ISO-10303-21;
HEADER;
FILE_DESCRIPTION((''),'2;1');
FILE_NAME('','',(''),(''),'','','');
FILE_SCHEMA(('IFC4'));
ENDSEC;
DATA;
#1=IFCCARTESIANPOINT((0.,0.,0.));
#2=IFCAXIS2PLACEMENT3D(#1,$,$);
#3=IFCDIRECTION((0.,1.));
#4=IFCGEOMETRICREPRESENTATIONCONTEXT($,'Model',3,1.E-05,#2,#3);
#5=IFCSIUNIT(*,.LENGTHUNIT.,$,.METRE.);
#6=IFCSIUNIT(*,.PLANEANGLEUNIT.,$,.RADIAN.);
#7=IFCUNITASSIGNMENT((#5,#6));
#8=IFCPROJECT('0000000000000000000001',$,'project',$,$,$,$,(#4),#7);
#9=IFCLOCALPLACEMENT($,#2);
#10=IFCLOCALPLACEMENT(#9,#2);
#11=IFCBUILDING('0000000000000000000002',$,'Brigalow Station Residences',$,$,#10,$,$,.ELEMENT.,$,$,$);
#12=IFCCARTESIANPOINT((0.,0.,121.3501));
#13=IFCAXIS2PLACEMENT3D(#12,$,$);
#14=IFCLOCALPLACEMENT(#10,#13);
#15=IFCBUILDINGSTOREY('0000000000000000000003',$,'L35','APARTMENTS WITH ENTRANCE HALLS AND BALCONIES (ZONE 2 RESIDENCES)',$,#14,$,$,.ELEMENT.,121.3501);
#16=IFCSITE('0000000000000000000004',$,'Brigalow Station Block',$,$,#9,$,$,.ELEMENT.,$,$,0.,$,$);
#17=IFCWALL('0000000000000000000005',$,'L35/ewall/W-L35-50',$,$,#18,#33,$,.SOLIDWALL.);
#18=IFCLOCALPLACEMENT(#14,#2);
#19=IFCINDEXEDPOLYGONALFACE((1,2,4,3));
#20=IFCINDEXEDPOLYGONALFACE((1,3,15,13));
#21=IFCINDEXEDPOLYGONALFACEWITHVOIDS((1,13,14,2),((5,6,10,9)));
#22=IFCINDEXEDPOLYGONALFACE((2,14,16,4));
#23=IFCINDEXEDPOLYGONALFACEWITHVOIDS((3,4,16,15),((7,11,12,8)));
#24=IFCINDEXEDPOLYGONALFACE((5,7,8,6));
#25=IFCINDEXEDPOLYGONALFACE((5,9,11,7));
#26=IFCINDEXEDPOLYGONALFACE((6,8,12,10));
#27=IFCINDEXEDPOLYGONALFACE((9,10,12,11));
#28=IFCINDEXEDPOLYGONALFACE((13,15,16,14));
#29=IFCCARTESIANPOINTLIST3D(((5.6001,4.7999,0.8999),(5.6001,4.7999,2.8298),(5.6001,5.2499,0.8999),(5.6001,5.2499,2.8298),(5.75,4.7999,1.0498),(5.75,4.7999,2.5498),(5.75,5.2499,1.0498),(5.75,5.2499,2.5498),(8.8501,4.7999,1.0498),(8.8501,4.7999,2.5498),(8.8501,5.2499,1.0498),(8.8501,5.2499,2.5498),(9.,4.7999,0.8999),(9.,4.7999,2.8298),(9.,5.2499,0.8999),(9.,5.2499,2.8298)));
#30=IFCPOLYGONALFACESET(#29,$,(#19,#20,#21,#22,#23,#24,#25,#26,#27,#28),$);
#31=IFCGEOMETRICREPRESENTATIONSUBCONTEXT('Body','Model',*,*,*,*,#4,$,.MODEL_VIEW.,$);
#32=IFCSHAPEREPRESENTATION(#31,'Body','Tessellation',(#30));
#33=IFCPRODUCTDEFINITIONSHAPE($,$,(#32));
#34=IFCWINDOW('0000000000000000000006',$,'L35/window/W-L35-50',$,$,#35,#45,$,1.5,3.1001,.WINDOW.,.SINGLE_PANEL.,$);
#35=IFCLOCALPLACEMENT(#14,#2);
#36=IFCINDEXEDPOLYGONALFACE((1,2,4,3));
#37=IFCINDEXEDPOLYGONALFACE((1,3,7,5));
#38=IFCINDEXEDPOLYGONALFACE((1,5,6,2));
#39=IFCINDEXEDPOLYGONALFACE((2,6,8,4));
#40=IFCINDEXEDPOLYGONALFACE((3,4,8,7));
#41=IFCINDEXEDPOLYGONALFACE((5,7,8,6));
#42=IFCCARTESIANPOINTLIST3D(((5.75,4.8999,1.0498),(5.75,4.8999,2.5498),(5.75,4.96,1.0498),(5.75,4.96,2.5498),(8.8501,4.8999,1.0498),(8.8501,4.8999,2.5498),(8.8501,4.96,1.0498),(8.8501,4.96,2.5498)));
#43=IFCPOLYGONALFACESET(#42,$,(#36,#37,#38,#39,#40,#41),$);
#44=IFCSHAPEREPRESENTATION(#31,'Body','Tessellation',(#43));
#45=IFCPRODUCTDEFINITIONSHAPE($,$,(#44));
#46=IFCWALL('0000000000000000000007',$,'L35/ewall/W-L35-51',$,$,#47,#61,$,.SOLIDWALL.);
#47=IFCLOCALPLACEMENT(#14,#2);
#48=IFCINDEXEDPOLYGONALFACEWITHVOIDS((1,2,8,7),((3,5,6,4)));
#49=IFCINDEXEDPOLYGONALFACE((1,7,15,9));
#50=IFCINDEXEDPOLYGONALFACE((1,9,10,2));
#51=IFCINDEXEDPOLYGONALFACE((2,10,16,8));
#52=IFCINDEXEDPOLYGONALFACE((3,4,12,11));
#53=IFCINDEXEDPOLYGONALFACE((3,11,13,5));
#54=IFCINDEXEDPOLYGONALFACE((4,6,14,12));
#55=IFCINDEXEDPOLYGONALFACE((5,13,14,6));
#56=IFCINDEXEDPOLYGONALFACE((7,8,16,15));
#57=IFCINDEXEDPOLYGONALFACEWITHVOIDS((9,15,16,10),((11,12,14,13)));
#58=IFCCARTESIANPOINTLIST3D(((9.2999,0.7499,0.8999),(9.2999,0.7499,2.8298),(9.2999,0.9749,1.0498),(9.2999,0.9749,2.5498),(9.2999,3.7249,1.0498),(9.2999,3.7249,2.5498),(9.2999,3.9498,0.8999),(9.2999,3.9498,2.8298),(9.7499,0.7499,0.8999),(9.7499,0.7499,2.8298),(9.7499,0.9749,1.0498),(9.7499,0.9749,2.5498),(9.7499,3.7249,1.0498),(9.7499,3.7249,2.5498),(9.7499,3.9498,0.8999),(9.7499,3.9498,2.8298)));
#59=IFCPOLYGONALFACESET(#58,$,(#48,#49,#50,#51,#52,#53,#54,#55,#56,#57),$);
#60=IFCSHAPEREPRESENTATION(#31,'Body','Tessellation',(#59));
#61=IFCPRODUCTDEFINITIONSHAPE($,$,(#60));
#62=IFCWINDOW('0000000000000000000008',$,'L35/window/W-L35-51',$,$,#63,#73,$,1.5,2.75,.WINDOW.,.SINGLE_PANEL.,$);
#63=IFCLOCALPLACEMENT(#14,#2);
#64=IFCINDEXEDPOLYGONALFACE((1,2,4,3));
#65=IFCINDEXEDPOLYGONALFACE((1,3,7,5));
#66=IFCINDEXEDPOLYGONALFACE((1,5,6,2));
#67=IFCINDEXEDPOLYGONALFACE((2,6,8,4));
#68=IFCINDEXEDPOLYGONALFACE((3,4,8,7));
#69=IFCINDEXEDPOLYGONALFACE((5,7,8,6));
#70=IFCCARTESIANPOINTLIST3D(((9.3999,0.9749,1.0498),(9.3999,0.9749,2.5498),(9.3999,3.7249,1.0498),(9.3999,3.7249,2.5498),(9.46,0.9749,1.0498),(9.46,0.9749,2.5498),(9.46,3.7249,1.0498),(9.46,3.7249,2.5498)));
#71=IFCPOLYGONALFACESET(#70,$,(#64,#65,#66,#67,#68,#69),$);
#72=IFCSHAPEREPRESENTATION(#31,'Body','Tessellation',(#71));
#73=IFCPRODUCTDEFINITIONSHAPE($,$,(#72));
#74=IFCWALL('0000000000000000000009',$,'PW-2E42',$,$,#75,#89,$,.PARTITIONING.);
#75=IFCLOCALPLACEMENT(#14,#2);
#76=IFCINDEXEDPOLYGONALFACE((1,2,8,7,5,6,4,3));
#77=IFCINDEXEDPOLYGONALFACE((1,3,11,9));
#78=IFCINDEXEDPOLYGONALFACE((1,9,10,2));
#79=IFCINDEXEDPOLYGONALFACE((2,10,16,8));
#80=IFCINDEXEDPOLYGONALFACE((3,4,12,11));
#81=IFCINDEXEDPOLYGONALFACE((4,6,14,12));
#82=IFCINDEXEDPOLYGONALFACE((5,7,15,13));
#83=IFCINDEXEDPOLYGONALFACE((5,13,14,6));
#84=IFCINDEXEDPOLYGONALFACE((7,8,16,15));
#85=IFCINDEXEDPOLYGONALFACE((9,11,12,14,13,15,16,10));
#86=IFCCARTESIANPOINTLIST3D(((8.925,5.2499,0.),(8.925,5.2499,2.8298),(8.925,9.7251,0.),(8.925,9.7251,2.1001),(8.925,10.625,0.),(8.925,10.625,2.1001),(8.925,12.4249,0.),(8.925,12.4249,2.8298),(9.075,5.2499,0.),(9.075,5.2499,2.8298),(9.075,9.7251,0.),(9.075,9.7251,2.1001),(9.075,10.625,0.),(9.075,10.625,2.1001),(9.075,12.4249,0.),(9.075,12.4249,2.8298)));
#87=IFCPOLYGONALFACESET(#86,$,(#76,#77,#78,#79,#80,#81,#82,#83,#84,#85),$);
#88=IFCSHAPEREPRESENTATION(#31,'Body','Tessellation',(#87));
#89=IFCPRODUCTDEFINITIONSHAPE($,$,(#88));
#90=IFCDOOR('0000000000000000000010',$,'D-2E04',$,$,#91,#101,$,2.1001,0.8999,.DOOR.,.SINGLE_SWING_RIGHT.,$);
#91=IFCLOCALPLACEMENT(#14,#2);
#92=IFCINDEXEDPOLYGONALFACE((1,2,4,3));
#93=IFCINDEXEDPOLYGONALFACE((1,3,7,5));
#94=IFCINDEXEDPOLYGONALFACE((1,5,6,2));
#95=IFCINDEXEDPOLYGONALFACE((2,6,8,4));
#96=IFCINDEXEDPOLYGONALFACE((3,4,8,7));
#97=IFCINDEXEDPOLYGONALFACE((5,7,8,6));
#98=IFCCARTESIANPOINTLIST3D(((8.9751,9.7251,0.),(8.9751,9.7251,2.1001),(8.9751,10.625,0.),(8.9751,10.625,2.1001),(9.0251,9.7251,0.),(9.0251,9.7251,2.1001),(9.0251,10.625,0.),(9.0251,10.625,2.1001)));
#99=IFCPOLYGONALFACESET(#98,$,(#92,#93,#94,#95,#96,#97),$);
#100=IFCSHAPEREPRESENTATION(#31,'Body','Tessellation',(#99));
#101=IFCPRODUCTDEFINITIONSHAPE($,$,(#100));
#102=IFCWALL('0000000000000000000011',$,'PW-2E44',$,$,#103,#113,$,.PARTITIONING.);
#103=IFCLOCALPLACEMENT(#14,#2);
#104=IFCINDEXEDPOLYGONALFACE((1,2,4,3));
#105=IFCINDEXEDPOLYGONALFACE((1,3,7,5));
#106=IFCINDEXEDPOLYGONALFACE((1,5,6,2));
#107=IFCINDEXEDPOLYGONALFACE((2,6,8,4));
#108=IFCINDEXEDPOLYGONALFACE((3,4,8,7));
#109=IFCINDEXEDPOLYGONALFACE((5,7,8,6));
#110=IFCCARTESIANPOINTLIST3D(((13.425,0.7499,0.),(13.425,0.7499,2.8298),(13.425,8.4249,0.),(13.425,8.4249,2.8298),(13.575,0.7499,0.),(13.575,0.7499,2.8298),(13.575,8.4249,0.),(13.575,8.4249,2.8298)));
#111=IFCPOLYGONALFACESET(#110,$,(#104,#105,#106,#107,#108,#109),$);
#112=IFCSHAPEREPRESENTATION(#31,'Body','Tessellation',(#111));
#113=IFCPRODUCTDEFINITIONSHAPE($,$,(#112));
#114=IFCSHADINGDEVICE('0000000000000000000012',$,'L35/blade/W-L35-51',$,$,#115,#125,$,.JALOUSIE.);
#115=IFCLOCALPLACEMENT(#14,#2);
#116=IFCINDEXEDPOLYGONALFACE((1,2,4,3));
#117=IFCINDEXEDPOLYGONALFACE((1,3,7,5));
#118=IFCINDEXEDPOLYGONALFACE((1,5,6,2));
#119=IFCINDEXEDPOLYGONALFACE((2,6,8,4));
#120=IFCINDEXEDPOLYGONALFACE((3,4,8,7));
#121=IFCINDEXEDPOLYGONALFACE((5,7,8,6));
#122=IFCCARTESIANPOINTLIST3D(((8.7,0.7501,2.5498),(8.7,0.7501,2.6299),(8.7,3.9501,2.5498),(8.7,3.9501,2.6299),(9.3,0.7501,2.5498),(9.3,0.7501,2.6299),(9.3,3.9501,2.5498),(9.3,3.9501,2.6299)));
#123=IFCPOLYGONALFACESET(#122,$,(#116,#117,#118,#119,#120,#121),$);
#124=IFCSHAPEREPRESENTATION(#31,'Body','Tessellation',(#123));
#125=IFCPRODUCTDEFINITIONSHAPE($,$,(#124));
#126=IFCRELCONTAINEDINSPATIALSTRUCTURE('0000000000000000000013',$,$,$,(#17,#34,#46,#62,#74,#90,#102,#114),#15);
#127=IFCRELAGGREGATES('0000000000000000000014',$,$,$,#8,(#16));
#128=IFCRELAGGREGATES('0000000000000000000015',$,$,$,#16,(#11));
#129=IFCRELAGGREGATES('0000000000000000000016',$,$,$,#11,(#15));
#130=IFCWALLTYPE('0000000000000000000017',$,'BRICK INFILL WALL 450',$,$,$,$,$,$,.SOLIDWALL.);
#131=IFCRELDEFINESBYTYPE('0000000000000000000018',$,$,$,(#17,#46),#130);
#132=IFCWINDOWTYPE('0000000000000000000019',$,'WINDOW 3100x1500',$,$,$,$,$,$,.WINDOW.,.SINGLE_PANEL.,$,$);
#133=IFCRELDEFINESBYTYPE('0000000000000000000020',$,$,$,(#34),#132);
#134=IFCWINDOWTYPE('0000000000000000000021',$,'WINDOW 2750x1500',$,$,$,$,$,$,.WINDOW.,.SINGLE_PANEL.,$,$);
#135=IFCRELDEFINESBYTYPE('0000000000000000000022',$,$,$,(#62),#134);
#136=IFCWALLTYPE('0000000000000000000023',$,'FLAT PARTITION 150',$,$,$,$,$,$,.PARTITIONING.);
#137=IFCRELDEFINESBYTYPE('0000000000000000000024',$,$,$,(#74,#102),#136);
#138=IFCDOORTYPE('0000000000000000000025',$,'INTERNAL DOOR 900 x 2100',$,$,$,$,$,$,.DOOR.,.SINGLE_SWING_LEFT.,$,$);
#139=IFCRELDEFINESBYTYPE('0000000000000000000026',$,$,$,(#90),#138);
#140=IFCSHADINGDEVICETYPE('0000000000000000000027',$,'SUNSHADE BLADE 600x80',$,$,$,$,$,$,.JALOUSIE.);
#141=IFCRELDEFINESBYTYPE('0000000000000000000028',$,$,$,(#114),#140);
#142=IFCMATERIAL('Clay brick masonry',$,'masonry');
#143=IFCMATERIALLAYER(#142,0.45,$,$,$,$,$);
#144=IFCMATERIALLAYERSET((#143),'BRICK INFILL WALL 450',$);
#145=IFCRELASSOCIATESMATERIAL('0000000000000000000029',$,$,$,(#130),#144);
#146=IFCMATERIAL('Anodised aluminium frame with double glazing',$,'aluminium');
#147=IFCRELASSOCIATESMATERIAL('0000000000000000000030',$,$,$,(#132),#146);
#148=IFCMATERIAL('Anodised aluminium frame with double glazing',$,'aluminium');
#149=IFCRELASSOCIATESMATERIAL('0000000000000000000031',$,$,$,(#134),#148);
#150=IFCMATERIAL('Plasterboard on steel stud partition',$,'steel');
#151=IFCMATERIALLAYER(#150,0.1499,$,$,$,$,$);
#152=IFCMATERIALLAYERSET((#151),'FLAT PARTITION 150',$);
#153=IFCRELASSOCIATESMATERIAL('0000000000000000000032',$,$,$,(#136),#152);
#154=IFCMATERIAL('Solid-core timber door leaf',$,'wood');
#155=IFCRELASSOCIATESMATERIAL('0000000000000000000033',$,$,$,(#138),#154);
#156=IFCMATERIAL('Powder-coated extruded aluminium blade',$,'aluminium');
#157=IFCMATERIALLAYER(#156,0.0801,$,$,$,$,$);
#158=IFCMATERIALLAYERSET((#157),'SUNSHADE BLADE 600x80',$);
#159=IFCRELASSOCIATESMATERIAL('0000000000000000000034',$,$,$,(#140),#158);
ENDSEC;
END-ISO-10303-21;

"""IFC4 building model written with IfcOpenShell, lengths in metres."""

from ifc_helpers import new_model, si_unit, direction, frame, frame_2d, origin, origin_2d, place, context, subcontext, project, spatial, rectangle, extrude, material, layer, layer_set, type_object, element, fill, save


model = new_model("IFC4")

# Units and contexts
model_context = context("Model", 3, precision=1e-05, world=origin(), true_north=direction((0.0, 1.0)))
body_context = subcontext(model_context, "Body", "Model", "MODEL_VIEW")
ifc_project = project(units=[si_unit("LENGTHUNIT", "METRE"), si_unit("PLANEANGLEUNIT", "RADIAN")], contexts=[model_context])

# Site, building, storey
site_placement = place(None, origin())
site = spatial("IfcSite", under=ifc_project, at=site_placement, Name="Brigalow Station Block", CompositionType="ELEMENT", RefElevation=0.0)
building_placement = place(site_placement, origin())
building = spatial("IfcBuilding", under=site, at=building_placement, Name="Brigalow Station Residences", CompositionType="ELEMENT")
storey_placement = place(building_placement, frame((0.0, 0.0, 121.3501)))
storey = spatial("IfcBuildingStorey", under=building, at=storey_placement, Name="L35", Description="APARTMENTS WITH ENTRANCE HALLS AND BALCONIES (ZONE 2 RESIDENCES)", CompositionType="ELEMENT", Elevation=121.3501)

# Walls, openings, windows
ifc_material_1 = material(Name="Clay brick masonry", Category="masonry")
ifc_layer_1 = layer(ifc_material_1, 0.45)
ifc_layer_set_1 = layer_set([ifc_layer_1], Name="BRICK INFILL WALL 450")
wall_type_1 = type_object("IfcWallType", Name="BRICK INFILL WALL 450", PredefinedType="SOLIDWALL", material=ifc_layer_set_1)
wall_1_placement = place(storey_placement, frame((5.6001, 5.0249, 0.8999), z_axis=(0.0, 0.0, 1.0), x_axis=(1.0, 0.0, 0.0)))
wall_1 = element("IfcWall", 1, at=wall_1_placement, inside=storey, type_object=wall_type_1, Name="L35/ewall/W-L35-50", PredefinedType="SOLIDWALL", context=body_context, shape_type="SweptSolid", body=[
    extrude(rectangle(XDim=3.3999, YDim=0.45, at=frame_2d((1.7, 0.0))), origin(), (0.0, 0.0, 1.0), 1.9299),
])
opening_1_placement = place(wall_1_placement, frame((0.1499, 0.0, 0.1499)))
opening_1 = element("IfcOpeningElement", 2, at=opening_1_placement, cuts=wall_1, PredefinedType="OPENING", context=body_context, shape_type="SweptSolid", body=[
    extrude(rectangle(XDim=3.1001, YDim=1.5, at=frame_2d((1.55, 0.75))), frame((0.0, 0.2349, 0.0), z_axis=(0.0, -1.0, 0.0), x_axis=(1.0, 0.0, 0.0)), (0.0, 0.0, 1.0), 0.47),
])
ifc_material_2 = material(Name="Anodised aluminium frame with double glazing", Category="aluminium")
window_type_1 = type_object("IfcWindowType", Name="WINDOW 3100x1500", PartitioningType="SINGLE_PANEL", PredefinedType="WINDOW", material=ifc_material_2)
window_1_placement = place(opening_1_placement, origin())
window_1 = element("IfcWindow", 3, at=window_1_placement, inside=storey, type_object=window_type_1, Name="L35/window/W-L35-50", OverallHeight=1.5, OverallWidth=3.1001, PartitioningType="SINGLE_PANEL", PredefinedType="WINDOW", context=body_context, shape_type="SweptSolid", body=[
    extrude(rectangle(XDim=3.1001, YDim=1.5, at=frame_2d((1.55, 0.75))), frame((0.0, -0.0649, 0.0), z_axis=(0.0, -1.0, 0.0), x_axis=(1.0, 0.0, 0.0)), (0.0, 0.0, 1.0), 0.0601),
])
fill(opening_1, window_1)
wall_2_placement = place(storey_placement, frame((9.5249, 3.95, 0.8999), z_axis=(0.0, 0.0, 1.0), x_axis=(0.0, -1.0, 0.0)))
wall_2 = element("IfcWall", 4, at=wall_2_placement, inside=storey, type_object=wall_type_1, Name="L35/ewall/W-L35-51", PredefinedType="SOLIDWALL", context=body_context, shape_type="SweptSolid", body=[
    extrude(rectangle(XDim=3.2, YDim=0.45, at=frame_2d((1.6001, 0.0))), origin(), (0.0, 0.0, 1.0), 1.9299),
])
opening_2_placement = place(wall_2_placement, frame((0.2251, 0.0, 0.1499)))
opening_2 = element("IfcOpeningElement", 5, at=opening_2_placement, cuts=wall_2, PredefinedType="OPENING", context=body_context, shape_type="SweptSolid", body=[
    extrude(rectangle(XDim=2.75, YDim=1.5, at=frame_2d((1.375, 0.75))), frame((0.0, 0.2349, 0.0), z_axis=(0.0, -1.0, 0.0), x_axis=(1.0, 0.0, 0.0)), (0.0, 0.0, 1.0), 0.47),
])
ifc_material_3 = material(Name="Anodised aluminium frame with double glazing", Category="aluminium")
window_type_2 = type_object("IfcWindowType", Name="WINDOW 2750x1500", PartitioningType="SINGLE_PANEL", PredefinedType="WINDOW", material=ifc_material_3)
window_2_placement = place(opening_2_placement, origin())
window_2 = element("IfcWindow", 6, at=window_2_placement, inside=storey, type_object=window_type_2, Name="L35/window/W-L35-51", OverallHeight=1.5, OverallWidth=2.75, PartitioningType="SINGLE_PANEL", PredefinedType="WINDOW", context=body_context, shape_type="SweptSolid", body=[
    extrude(rectangle(XDim=2.75, YDim=1.5, at=frame_2d((1.375, 0.75))), frame((0.0, -0.0649, 0.0), z_axis=(0.0, -1.0, 0.0), x_axis=(1.0, 0.0, 0.0)), (0.0, 0.0, 1.0), 0.0601),
])
fill(opening_2, window_2)

# Wall, opening, door
ifc_material_4 = material(Name="Plasterboard on steel stud partition", Category="steel")
ifc_layer_2 = layer(ifc_material_4, 0.1499)
ifc_layer_set_2 = layer_set([ifc_layer_2], Name="FLAT PARTITION 150")
wall_type_2 = type_object("IfcWallType", Name="FLAT PARTITION 150", PredefinedType="PARTITIONING", material=ifc_layer_set_2)
wall_3_placement = place(storey_placement, frame((9.0, 5.25, 0.0), z_axis=(0.0, 0.0, 1.0), x_axis=(0.0, 1.0, 0.0)))
wall_3 = element("IfcWall", 7, at=wall_3_placement, inside=storey, type_object=wall_type_2, Name="PW-2E42", PredefinedType="PARTITIONING", context=body_context, shape_type="SweptSolid", body=[
    extrude(rectangle(XDim=7.175, YDim=0.1499, at=frame_2d((3.5874, 0.0))), origin(), (0.0, 0.0, 1.0), 2.8298),
])
opening_3_placement = place(wall_3_placement, frame((4.4751, 0.0, 0.0)))
opening_3 = element("IfcOpeningElement", 8, at=opening_3_placement, cuts=wall_3, PredefinedType="OPENING", context=body_context, shape_type="SweptSolid", body=[
    extrude(rectangle(XDim=0.8999, YDim=2.1001, at=frame_2d((0.45, 1.05))), frame((0.0, 0.085, 0.0), z_axis=(0.0, -1.0, 0.0), x_axis=(1.0, 0.0, 0.0)), (0.0, 0.0, 1.0), 0.1699),
])
ifc_material_5 = material(Name="Solid-core timber door leaf", Category="wood")
door_type = type_object("IfcDoorType", Name="INTERNAL DOOR 900 x 2100", OperationType="SINGLE_SWING_LEFT", PredefinedType="DOOR", material=ifc_material_5)
door_placement = place(opening_3_placement, origin())
door = element("IfcDoor", 9, at=door_placement, inside=storey, type_object=door_type, Name="D-2E04", OperationType="SINGLE_SWING_RIGHT", OverallHeight=2.1001, OverallWidth=0.8999, PredefinedType="DOOR", context=body_context, shape_type="SweptSolid", body=[
    extrude(rectangle(XDim=0.8999, YDim=2.1001, at=frame_2d((0.45, 1.05))), frame((0.0, 0.0249, 0.0), z_axis=(0.0, -1.0, 0.0), x_axis=(1.0, 0.0, 0.0)), (0.0, 0.0, 1.0), 0.05),
])
fill(opening_3, door)

# Wall
wall_4_placement = place(storey_placement, frame((13.5, 0.75, 0.0), z_axis=(0.0, 0.0, 1.0), x_axis=(0.0, 1.0, 0.0)))
element("IfcWall", 10, at=wall_4_placement, inside=storey, type_object=wall_type_2, Name="PW-2E44", PredefinedType="PARTITIONING", context=body_context, shape_type="SweptSolid", body=[
    extrude(rectangle(XDim=7.675, YDim=0.1499, at=frame_2d((3.8374, 0.0))), origin(), (0.0, 0.0, 1.0), 2.8298),
])

# Shading device
ifc_material_6 = material(Name="Powder-coated extruded aluminium blade", Category="aluminium")
ifc_layer_3 = layer(ifc_material_6, 0.0801)
ifc_layer_set_3 = layer_set([ifc_layer_3], Name="SUNSHADE BLADE 600x80")
shading_device_type = type_object("IfcShadingDeviceType", Name="SUNSHADE BLADE 600x80", PredefinedType="JALOUSIE", material=ifc_layer_set_3)
shading_device_placement = place(storey_placement, frame((9.0, 2.3501, 2.5498), z_axis=(0.0, 0.0, 1.0), x_axis=(0.0, -1.0, 0.0)))
element("IfcShadingDevice", 11, at=shading_device_placement, inside=storey, type_object=shading_device_type, Name="L35/blade/W-L35-51", PredefinedType="JALOUSIE", context=body_context, shape_type="SweptSolid", body=[
    extrude(rectangle(XDim=3.2, YDim=0.6001, at=origin_2d()), origin(), (0.0, 0.0, 1.0), 0.0801),
])

save(model, "model.ifc")
